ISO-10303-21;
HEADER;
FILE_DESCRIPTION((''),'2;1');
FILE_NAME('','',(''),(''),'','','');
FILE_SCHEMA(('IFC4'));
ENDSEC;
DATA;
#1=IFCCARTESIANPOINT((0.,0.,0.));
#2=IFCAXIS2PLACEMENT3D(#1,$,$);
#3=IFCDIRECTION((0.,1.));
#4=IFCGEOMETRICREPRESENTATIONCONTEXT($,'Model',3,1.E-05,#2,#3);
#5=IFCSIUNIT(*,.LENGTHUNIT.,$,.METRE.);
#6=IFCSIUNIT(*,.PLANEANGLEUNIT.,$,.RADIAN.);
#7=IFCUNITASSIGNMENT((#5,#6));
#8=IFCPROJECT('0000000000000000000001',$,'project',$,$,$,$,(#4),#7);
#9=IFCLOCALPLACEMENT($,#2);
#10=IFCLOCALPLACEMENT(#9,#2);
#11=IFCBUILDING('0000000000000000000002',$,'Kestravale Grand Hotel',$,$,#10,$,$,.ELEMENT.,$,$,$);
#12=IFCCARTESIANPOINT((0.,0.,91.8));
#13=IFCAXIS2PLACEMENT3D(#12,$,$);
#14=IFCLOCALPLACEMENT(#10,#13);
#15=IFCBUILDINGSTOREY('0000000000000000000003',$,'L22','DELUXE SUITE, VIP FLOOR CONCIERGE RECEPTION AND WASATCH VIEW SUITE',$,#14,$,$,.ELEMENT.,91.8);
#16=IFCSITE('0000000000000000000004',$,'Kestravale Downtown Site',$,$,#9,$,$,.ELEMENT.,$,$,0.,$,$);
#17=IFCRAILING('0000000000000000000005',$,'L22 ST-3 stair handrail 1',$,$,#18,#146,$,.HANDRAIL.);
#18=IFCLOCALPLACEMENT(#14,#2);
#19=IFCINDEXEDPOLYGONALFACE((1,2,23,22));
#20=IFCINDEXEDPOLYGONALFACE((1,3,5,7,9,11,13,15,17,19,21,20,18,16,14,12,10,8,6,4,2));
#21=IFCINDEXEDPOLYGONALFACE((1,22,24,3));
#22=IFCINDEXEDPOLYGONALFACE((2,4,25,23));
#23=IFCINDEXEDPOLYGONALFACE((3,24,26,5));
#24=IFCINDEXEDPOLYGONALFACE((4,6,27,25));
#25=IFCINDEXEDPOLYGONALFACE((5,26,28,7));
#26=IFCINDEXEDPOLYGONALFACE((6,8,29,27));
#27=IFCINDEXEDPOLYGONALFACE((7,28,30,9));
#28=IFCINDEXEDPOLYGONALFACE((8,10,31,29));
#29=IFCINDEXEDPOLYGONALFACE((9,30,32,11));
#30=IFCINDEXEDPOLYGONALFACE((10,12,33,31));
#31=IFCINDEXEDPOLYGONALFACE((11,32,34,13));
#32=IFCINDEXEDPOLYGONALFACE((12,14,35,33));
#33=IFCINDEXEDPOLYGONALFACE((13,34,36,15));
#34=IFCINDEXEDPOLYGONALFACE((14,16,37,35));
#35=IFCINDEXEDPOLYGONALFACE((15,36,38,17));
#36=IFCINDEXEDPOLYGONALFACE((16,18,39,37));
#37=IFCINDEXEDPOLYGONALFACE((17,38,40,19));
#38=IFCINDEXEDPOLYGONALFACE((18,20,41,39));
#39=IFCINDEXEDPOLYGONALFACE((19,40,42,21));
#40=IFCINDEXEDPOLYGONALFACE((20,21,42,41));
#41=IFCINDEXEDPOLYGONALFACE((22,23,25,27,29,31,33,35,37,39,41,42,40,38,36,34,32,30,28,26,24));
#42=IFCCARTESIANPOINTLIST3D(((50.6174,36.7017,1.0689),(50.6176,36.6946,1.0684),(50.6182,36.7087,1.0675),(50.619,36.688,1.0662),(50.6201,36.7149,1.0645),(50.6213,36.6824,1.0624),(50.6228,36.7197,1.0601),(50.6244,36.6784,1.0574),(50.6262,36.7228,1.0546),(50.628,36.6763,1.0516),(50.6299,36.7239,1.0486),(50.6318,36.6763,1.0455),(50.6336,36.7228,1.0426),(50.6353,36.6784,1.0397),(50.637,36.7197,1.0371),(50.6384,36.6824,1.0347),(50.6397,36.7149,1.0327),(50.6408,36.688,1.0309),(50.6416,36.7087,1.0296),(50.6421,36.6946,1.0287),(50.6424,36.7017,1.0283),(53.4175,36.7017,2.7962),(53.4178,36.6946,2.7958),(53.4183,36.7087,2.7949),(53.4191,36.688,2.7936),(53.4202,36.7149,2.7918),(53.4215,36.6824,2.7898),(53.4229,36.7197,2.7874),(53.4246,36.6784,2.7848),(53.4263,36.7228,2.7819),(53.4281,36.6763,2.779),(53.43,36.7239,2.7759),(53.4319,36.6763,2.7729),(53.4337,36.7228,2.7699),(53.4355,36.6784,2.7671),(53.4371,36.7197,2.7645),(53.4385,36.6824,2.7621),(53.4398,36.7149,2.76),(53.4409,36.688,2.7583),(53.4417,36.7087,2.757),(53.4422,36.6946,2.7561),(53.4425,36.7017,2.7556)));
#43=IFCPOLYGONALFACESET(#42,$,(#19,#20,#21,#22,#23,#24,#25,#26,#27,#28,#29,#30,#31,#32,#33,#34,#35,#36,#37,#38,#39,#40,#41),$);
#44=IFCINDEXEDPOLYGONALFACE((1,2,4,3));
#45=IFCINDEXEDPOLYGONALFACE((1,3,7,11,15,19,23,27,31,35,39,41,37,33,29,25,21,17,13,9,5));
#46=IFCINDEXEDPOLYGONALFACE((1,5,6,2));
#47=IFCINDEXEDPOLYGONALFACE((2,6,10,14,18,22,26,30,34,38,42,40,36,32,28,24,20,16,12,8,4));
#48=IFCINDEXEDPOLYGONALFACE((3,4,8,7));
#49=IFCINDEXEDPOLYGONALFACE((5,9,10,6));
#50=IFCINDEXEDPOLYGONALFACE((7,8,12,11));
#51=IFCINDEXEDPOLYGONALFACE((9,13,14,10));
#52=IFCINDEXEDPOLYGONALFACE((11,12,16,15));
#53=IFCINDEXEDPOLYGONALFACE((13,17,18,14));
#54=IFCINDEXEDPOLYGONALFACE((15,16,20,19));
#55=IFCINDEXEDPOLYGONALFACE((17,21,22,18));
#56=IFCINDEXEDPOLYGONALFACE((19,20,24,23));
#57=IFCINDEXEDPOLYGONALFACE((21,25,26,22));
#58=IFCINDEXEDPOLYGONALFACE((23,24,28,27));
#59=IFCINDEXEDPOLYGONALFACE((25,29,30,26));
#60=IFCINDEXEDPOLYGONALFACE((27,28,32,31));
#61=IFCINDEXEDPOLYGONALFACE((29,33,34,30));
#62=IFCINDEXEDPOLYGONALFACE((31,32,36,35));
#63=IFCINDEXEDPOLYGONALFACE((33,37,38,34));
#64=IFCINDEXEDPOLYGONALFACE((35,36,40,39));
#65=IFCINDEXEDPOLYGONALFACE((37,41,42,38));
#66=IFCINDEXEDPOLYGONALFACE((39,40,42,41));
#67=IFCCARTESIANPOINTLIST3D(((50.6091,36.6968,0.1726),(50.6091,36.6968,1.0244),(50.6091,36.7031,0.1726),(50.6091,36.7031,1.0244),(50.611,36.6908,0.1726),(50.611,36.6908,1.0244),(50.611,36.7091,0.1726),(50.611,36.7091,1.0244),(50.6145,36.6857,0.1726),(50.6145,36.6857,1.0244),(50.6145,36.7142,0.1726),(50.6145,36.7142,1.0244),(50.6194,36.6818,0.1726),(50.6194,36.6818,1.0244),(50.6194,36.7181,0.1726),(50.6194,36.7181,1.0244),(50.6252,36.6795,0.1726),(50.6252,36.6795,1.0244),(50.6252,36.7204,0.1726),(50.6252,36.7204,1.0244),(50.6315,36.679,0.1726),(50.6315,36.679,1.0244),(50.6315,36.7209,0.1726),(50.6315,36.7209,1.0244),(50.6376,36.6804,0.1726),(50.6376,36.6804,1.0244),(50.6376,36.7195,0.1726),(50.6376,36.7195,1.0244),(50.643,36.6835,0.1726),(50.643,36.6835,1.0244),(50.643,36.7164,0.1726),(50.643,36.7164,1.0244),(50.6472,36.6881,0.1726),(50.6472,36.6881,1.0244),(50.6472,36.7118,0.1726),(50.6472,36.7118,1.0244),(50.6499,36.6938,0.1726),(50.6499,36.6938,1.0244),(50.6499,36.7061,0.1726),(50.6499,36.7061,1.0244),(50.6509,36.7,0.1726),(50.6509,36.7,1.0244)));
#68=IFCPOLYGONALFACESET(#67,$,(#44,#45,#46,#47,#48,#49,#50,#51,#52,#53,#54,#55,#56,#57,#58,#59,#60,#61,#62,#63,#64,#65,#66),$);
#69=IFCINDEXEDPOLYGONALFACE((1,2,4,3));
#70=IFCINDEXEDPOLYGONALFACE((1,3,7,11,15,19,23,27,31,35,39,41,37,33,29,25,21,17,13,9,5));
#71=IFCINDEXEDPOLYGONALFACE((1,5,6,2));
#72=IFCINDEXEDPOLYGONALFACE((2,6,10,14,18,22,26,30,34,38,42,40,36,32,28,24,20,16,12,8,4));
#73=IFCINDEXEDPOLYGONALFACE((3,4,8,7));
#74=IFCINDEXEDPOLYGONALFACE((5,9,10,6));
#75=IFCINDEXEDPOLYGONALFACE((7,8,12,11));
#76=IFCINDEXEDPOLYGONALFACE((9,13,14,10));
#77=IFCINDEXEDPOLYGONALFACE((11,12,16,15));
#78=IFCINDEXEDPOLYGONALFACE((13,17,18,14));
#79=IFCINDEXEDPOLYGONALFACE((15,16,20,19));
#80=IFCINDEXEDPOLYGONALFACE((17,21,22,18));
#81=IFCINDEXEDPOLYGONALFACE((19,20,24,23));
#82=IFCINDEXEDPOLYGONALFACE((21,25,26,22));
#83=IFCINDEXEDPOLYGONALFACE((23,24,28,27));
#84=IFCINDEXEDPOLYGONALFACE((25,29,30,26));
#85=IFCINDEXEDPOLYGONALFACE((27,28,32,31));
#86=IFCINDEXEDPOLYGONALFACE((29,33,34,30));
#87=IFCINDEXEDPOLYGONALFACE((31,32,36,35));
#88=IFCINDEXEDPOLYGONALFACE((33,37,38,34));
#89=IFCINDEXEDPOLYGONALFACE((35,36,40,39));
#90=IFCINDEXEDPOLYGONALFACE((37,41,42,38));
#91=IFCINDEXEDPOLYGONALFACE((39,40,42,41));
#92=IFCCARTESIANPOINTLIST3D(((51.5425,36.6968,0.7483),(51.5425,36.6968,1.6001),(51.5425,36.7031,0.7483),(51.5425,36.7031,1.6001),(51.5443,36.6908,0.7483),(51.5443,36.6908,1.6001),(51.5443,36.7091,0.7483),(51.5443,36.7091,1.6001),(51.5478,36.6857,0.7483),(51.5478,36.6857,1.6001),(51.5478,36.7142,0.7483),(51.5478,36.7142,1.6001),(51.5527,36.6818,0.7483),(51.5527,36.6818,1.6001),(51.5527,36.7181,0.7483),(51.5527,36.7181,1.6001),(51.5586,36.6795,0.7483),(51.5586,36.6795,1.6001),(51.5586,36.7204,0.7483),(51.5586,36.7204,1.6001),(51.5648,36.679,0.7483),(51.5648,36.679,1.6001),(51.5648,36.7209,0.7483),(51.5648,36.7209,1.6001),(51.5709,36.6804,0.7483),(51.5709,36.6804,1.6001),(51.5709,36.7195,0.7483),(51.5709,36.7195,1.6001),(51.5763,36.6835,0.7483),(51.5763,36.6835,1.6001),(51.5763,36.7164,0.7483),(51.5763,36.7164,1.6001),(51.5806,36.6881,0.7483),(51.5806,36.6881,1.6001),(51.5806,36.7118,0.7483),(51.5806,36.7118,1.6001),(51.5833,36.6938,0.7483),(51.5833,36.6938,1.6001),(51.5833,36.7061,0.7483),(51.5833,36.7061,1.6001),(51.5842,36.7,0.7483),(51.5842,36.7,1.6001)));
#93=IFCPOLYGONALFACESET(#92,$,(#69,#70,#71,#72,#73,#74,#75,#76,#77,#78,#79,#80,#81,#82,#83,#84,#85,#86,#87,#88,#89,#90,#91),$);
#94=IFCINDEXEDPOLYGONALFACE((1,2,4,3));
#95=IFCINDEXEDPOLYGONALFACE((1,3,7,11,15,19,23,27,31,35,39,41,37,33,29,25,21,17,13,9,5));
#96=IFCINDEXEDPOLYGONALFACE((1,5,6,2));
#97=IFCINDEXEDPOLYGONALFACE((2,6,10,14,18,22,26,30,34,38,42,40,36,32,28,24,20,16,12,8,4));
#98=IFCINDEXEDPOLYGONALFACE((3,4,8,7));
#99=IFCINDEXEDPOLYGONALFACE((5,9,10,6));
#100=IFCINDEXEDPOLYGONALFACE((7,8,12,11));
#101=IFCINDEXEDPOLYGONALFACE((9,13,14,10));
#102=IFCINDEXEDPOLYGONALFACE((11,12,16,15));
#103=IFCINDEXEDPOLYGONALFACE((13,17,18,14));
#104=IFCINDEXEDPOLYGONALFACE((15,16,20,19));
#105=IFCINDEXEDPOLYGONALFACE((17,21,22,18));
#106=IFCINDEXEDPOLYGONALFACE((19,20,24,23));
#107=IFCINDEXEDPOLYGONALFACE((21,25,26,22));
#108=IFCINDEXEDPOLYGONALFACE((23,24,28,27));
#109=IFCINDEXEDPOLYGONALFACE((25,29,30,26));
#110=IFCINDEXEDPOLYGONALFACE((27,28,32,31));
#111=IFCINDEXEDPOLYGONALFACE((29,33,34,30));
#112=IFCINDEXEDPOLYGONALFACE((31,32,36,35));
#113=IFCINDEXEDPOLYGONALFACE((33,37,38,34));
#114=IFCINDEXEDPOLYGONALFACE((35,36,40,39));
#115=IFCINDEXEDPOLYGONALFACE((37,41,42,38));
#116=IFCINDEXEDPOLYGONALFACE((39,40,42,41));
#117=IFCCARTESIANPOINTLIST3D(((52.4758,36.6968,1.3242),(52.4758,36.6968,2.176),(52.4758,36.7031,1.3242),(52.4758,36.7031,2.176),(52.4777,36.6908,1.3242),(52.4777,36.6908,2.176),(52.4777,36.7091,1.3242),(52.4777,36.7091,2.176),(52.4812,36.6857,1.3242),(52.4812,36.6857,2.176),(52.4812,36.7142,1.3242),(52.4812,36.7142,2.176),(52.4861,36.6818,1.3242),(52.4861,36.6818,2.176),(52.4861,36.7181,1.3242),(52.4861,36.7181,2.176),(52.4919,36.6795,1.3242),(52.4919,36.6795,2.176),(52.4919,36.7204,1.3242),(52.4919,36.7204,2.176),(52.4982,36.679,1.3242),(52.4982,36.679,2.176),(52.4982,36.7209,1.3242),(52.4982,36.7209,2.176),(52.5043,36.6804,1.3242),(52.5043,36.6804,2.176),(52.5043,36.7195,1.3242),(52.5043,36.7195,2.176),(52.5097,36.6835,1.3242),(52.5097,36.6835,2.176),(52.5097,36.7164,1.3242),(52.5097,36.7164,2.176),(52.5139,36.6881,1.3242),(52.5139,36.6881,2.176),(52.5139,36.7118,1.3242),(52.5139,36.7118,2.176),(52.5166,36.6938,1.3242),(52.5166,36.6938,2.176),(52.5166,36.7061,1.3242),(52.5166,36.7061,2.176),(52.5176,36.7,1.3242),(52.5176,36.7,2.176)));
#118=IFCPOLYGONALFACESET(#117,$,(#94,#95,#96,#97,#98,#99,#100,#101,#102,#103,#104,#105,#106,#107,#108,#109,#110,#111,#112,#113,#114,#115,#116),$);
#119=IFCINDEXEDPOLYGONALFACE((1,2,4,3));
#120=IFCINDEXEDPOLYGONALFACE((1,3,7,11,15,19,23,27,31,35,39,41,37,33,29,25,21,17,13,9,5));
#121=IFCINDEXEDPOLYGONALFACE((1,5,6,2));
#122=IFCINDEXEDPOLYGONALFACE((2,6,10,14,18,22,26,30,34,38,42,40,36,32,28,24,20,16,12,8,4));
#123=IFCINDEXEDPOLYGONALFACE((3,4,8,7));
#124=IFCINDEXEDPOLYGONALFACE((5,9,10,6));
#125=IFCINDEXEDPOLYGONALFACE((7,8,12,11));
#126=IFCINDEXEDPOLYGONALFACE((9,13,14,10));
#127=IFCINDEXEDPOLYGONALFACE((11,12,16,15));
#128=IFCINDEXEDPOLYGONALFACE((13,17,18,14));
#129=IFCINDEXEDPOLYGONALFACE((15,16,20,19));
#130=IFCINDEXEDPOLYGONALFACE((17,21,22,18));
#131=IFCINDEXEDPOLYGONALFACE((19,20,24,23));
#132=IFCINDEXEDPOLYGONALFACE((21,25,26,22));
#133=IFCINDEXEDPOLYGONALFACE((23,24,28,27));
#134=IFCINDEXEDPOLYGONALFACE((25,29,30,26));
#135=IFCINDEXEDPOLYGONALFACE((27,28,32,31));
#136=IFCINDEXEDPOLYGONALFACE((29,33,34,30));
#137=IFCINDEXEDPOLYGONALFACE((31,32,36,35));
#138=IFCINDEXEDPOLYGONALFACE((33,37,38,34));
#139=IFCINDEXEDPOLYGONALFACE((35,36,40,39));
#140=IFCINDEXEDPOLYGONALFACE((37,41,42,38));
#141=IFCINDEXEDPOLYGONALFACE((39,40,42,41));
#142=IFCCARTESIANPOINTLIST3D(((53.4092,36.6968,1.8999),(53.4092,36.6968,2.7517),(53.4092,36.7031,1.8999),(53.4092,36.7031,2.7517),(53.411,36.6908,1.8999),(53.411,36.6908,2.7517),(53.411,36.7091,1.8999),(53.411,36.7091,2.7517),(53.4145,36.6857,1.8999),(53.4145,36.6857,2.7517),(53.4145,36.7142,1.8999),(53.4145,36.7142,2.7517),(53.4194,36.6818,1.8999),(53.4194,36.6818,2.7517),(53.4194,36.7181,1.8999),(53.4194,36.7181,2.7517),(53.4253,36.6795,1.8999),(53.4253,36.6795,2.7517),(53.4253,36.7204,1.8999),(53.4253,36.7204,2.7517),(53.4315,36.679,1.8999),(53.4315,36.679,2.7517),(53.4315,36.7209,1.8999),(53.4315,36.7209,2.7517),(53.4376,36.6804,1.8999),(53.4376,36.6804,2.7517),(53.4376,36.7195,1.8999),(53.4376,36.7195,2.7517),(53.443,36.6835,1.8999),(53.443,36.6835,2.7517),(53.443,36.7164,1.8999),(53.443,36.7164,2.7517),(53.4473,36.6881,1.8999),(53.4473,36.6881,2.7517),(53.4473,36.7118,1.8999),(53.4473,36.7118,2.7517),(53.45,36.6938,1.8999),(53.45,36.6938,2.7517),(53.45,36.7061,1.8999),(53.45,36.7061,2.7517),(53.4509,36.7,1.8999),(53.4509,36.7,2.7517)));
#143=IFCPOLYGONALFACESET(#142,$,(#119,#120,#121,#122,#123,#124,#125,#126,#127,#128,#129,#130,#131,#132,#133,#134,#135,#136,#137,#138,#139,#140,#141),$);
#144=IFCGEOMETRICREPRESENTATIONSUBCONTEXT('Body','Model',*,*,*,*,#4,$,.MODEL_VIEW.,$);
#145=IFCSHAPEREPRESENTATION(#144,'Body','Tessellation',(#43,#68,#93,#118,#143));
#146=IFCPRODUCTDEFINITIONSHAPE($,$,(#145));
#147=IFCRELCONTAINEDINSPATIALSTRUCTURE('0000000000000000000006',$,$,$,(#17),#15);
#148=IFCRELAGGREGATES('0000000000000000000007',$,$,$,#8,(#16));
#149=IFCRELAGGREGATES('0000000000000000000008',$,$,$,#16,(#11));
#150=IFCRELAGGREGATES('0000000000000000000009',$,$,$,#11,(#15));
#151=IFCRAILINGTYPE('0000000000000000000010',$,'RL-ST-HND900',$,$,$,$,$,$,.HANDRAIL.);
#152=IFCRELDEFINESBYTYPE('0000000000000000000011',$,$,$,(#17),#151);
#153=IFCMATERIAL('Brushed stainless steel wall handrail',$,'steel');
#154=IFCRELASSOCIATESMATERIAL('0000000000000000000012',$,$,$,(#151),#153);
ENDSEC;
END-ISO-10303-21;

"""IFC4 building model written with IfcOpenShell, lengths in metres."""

from ifc_helpers import new_model, si_unit, direction, frame, origin, origin_2d, place, context, subcontext, project, spatial, circle, extrude, material, type_object, element, save


model = new_model("IFC4")

# Units and contexts
model_context = context("Model", 3, precision=1e-05, world=origin(), true_north=direction((0.0, 1.0)))
body_context = subcontext(model_context, "Body", "Model", "MODEL_VIEW")
ifc_project = project(units=[si_unit("LENGTHUNIT", "METRE"), si_unit("PLANEANGLEUNIT", "RADIAN")], contexts=[model_context])

# Site, building, storey
site_placement = place(None, origin())
site = spatial("IfcSite", under=ifc_project, at=site_placement, Name="Kestravale Downtown Site", CompositionType="ELEMENT", RefElevation=0.0)
building_placement = place(site_placement, origin())
building = spatial("IfcBuilding", under=site, at=building_placement, Name="Kestravale Grand Hotel", CompositionType="ELEMENT")
storey_placement = place(building_placement, frame((0.0, 0.0, 91.8)))
storey = spatial("IfcBuildingStorey", under=building, at=storey_placement, Name="L22", Description="DELUXE SUITE, VIP FLOOR CONCIERGE RECEPTION AND WASATCH VIEW SUITE", CompositionType="ELEMENT", Elevation=91.8)

# Railing
ifc_material_1 = material(Name="Brushed stainless steel wall handrail", Category="steel")
railing_type_1 = type_object("IfcRailingType", Name="RL-ST-HND900", PredefinedType="HANDRAIL", material=ifc_material_1)
railing_1_placement = place(storey_placement, frame((50.6299, 36.7, 0.1726)))
element("IfcRailing", 1, at=railing_1_placement, inside=storey, type_object=railing_type_1, Name="L22 ST-3 stair handrail 1", PredefinedType="HANDRAIL", context=body_context, shape_type="SweptSolid", body=[
    extrude(circle(Radius=0.0239, at=origin_2d()), frame((0.0, 0.0, 0.876), z_axis=(0.85109, 0.0, 0.52502), x_axis=(0.0, 1.0, 0.0)), (0.0, 0.0, 1.0), 3.29),
    extrude(circle(Radius=0.021, at=origin_2d()), origin(), (0.0, 0.0, 1.0), 0.8518),
    extrude(circle(Radius=0.021, at=origin_2d()), frame((0.9333, 0.0, 0.5757)), (0.0, 0.0, 1.0), 0.8518),
    extrude(circle(Radius=0.021, at=origin_2d()), frame((1.8667, 0.0, 1.1516)), (0.0, 0.0, 1.0), 0.8518),
    extrude(circle(Radius=0.021, at=origin_2d()), frame((2.8, 0.0, 1.7273)), (0.0, 0.0, 1.0), 0.8518),
])

save(model, "model.ifc")
